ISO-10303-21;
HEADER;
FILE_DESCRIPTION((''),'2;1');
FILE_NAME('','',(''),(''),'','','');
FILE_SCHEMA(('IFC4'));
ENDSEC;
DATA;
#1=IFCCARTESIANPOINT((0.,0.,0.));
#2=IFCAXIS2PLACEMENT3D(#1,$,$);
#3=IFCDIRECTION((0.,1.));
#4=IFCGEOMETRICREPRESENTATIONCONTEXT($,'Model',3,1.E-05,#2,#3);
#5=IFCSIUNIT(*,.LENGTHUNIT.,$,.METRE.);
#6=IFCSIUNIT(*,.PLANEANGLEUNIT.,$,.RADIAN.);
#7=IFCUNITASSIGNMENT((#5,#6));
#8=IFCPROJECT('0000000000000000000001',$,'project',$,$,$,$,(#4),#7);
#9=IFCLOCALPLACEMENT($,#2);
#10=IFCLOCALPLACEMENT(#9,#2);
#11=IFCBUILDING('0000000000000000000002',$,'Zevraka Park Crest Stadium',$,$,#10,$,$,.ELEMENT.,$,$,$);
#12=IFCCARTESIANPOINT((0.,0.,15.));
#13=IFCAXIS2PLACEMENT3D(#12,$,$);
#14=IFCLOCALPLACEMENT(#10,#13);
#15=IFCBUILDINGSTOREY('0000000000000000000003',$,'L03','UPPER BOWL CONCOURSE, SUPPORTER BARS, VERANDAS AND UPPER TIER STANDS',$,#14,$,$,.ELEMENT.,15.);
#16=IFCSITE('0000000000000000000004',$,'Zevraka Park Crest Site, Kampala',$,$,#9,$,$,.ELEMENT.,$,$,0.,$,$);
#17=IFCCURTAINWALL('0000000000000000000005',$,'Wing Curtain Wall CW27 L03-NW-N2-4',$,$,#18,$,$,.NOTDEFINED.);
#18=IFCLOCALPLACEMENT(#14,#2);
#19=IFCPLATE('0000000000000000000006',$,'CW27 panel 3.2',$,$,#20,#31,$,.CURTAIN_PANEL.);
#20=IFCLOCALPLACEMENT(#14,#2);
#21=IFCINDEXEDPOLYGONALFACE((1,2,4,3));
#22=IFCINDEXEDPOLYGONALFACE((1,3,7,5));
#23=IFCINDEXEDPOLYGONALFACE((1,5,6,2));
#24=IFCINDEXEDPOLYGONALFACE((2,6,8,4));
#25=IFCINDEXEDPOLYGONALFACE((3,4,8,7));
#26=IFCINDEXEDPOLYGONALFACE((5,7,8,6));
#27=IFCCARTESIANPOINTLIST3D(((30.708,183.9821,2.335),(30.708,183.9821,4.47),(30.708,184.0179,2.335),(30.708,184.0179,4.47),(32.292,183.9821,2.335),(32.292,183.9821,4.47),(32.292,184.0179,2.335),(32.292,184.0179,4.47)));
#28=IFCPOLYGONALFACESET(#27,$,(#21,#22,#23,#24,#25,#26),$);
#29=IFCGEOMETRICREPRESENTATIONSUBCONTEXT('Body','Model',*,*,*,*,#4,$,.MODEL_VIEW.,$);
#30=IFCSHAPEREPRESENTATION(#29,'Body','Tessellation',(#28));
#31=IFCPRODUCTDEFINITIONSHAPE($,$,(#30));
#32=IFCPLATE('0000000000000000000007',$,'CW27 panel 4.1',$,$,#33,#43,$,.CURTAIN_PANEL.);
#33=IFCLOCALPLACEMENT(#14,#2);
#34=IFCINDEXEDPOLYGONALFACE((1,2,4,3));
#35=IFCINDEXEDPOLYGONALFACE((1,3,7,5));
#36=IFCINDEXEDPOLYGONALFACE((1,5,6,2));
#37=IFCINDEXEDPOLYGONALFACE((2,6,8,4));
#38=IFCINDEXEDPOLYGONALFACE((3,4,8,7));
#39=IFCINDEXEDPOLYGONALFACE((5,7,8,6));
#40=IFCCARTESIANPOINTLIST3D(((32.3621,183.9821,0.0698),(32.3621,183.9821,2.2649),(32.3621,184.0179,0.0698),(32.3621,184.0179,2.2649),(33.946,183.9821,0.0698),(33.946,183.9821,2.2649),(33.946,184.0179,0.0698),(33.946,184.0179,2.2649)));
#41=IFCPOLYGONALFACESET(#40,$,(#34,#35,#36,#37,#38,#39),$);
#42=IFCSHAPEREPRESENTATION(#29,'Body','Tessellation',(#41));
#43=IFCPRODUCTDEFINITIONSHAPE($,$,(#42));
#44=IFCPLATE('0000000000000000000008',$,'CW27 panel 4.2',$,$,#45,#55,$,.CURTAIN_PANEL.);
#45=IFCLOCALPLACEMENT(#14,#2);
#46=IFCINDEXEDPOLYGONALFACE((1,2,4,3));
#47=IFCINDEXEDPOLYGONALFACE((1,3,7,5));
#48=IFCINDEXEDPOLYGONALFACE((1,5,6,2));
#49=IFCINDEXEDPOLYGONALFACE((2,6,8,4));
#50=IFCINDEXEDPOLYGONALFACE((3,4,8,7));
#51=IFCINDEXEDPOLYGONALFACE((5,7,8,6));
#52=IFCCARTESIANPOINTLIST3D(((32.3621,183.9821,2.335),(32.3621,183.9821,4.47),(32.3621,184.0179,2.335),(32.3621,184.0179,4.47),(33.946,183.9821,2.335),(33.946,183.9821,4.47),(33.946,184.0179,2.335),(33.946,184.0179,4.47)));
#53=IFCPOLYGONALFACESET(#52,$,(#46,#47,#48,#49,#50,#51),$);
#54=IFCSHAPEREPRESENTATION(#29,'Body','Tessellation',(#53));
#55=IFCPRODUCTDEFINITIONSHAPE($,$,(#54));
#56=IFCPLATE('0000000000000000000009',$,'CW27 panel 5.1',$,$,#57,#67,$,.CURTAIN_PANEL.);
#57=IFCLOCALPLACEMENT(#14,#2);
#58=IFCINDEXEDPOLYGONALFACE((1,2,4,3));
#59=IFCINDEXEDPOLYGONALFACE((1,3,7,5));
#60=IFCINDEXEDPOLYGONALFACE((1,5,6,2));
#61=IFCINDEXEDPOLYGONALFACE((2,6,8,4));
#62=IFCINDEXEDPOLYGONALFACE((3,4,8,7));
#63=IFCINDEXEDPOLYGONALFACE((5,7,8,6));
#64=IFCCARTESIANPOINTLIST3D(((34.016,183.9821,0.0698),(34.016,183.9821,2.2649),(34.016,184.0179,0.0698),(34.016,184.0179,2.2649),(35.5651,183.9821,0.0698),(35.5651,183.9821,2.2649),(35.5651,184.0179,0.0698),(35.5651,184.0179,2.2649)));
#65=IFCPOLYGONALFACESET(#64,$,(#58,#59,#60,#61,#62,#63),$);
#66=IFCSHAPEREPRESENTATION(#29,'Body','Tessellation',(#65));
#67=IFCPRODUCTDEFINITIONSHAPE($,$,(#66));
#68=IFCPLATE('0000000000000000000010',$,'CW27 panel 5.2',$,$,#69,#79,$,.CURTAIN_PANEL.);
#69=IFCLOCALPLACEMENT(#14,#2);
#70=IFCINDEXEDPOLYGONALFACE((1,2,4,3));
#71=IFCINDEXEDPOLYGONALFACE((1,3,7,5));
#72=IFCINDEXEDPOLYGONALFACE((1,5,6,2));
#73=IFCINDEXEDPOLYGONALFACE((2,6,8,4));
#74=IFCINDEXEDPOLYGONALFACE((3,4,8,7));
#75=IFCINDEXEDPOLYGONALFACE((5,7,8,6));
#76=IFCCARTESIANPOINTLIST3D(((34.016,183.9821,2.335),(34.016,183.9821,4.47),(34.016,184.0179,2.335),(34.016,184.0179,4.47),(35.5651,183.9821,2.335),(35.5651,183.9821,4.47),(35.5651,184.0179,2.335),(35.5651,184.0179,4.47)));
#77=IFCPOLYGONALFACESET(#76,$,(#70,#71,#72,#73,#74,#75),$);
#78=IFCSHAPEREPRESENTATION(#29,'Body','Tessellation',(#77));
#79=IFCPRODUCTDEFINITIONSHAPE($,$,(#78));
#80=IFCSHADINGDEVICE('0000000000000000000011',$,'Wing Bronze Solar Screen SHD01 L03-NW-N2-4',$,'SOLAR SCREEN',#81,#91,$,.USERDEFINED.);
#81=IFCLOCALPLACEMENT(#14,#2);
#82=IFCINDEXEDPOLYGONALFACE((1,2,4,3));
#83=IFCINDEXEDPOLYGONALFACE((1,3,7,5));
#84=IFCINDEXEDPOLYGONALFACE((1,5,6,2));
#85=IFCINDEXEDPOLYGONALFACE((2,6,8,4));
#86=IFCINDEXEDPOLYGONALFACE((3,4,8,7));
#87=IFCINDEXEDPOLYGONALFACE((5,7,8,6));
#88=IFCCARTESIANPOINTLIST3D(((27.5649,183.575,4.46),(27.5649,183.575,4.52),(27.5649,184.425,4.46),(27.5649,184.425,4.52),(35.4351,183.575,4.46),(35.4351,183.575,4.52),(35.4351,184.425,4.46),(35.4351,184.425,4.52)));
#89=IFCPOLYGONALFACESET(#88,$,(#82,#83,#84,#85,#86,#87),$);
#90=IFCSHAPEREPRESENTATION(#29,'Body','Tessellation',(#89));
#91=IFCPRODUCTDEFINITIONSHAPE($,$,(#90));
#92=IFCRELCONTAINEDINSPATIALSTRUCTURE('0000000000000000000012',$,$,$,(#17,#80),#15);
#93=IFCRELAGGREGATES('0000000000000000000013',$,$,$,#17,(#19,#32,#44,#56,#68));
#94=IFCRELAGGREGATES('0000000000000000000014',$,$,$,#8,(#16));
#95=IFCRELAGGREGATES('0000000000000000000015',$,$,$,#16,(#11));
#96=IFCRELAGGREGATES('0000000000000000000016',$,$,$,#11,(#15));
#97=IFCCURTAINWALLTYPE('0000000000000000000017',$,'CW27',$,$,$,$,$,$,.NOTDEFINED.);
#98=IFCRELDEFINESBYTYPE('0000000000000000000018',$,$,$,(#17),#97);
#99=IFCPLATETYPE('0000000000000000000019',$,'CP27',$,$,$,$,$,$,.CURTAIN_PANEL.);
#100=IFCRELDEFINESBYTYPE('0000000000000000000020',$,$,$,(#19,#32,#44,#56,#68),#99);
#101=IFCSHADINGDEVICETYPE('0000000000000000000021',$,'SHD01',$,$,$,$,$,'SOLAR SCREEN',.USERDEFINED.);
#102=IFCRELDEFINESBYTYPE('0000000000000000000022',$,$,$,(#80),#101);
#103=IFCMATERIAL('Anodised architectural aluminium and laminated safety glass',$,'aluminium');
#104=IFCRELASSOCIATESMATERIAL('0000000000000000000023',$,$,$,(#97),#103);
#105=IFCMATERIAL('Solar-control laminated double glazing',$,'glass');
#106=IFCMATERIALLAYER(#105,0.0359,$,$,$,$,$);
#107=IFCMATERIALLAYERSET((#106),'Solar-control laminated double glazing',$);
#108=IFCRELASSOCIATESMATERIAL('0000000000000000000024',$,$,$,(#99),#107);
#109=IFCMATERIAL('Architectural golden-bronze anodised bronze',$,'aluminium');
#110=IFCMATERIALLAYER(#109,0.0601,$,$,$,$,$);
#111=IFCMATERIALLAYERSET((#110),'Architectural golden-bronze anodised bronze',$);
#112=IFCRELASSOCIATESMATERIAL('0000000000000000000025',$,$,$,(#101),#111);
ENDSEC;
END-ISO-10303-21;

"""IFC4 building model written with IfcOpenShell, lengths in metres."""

from ifc_helpers import new_model, si_unit, direction, frame, origin, origin_2d, place, context, subcontext, project, spatial, rectangle, extrude, material, layer, layer_set, type_object, element, aggregate, save


model = new_model("IFC4")

# Units and contexts
model_context = context("Model", 3, precision=1e-05, world=origin(), true_north=direction((0.0, 1.0)))
body_context = subcontext(model_context, "Body", "Model", "MODEL_VIEW")
ifc_project = project(units=[si_unit("LENGTHUNIT", "METRE"), si_unit("PLANEANGLEUNIT", "RADIAN")], contexts=[model_context])

# Site, building, storey
site_placement = place(None, origin())
site = spatial("IfcSite", under=ifc_project, at=site_placement, Name="Zevraka Park Crest Site, Kampala", CompositionType="ELEMENT", RefElevation=0.0)
building_placement = place(site_placement, origin())
building = spatial("IfcBuilding", under=site, at=building_placement, Name="Zevraka Park Crest Stadium", CompositionType="ELEMENT")
storey_placement = place(building_placement, frame((0.0, 0.0, 15.0)))
storey = spatial("IfcBuildingStorey", under=building, at=storey_placement, Name="L03", Description="UPPER BOWL CONCOURSE, SUPPORTER BARS, VERANDAS AND UPPER TIER STANDS", CompositionType="ELEMENT", Elevation=15.0)

# Curtain wall, plates
ifc_material_1 = material(Name="Anodised architectural aluminium and laminated safety glass", Category="aluminium")
curtain_wall_type = type_object("IfcCurtainWallType", Name="CW27", PredefinedType="NOTDEFINED", material=ifc_material_1)
curtain_wall_placement = place(storey_placement, origin())
curtain_wall = element("IfcCurtainWall", 1, at=curtain_wall_placement, inside=storey, type_object=curtain_wall_type, Name="Wing Curtain Wall CW27 L03-NW-N2-4", PredefinedType="NOTDEFINED")
ifc_material_2 = material(Name="Solar-control laminated double glazing", Category="glass")
ifc_layer_1 = layer(ifc_material_2, 0.0359)
ifc_layer_set_1 = layer_set([ifc_layer_1], Name="Solar-control laminated double glazing")
plate_type = type_object("IfcPlateType", Name="CP27", PredefinedType="CURTAIN_PANEL", material=ifc_layer_set_1)
plate_1_placement = place(storey_placement, frame((31.5, 184.0, 2.335), z_axis=(0.0, 0.0, 1.0), x_axis=(1.0, 0.0, 0.0)))
plate_1 = element("IfcPlate", 2, at=plate_1_placement, type_object=plate_type, Name="CW27 panel 3.2", PredefinedType="CURTAIN_PANEL", context=body_context, shape_type="SweptSolid", body=[
    extrude(rectangle(XDim=1.584, YDim=0.0359, at=origin_2d()), origin(), (0.0, 0.0, 1.0), 2.135),
])
plate_2_placement = place(storey_placement, frame((33.1541, 184.0, 0.0698), z_axis=(0.0, 0.0, 1.0), x_axis=(1.0, 0.0, 0.0)))
plate_2 = element("IfcPlate", 3, at=plate_2_placement, type_object=plate_type, Name="CW27 panel 4.1", PredefinedType="CURTAIN_PANEL", context=body_context, shape_type="SweptSolid", body=[
    extrude(rectangle(XDim=1.584, YDim=0.0359, at=origin_2d()), origin(), (0.0, 0.0, 1.0), 2.1951),
])
plate_3_placement = place(storey_placement, frame((33.1541, 184.0, 2.335), z_axis=(0.0, 0.0, 1.0), x_axis=(1.0, 0.0, 0.0)))
plate_3 = element("IfcPlate", 4, at=plate_3_placement, type_object=plate_type, Name="CW27 panel 4.2", PredefinedType="CURTAIN_PANEL", context=body_context, shape_type="SweptSolid", body=[
    extrude(rectangle(XDim=1.584, YDim=0.0359, at=origin_2d()), origin(), (0.0, 0.0, 1.0), 2.135),
])
plate_4_placement = place(storey_placement, frame((34.7905, 184.0, 0.0698), z_axis=(0.0, 0.0, 1.0), x_axis=(1.0, 0.0, 0.0)))
plate_4 = element("IfcPlate", 5, at=plate_4_placement, type_object=plate_type, Name="CW27 panel 5.1", PredefinedType="CURTAIN_PANEL", context=body_context, shape_type="SweptSolid", body=[
    extrude(rectangle(XDim=1.5491, YDim=0.0359, at=origin_2d()), origin(), (0.0, 0.0, 1.0), 2.1951),
])
plate_5_placement = place(storey_placement, frame((34.7905, 184.0, 2.335), z_axis=(0.0, 0.0, 1.0), x_axis=(1.0, 0.0, 0.0)))
plate_5 = element("IfcPlate", 6, at=plate_5_placement, type_object=plate_type, Name="CW27 panel 5.2", PredefinedType="CURTAIN_PANEL", context=body_context, shape_type="SweptSolid", body=[
    extrude(rectangle(XDim=1.5491, YDim=0.0359, at=origin_2d()), origin(), (0.0, 0.0, 1.0), 2.135),
])
aggregate(curtain_wall, [plate_1, plate_2, plate_3, plate_4, plate_5])

# Shading device
ifc_material_3 = material(Name="Architectural golden-bronze anodised bronze", Category="aluminium")
ifc_layer_2 = layer(ifc_material_3, 0.0601)
ifc_layer_set_2 = layer_set([ifc_layer_2], Name="Architectural golden-bronze anodised bronze")
shading_device_type = type_object("IfcShadingDeviceType", Name="SHD01", ElementType="SOLAR SCREEN", PredefinedType="USERDEFINED", material=ifc_layer_set_2)
shading_device_placement = place(storey_placement, frame((31.5, 184.0, 4.46), z_axis=(0.0, 0.0, 1.0), x_axis=(1.0, 0.0, 0.0)))
element("IfcShadingDevice", 7, at=shading_device_placement, inside=storey, type_object=shading_device_type, Name="Wing Bronze Solar Screen SHD01 L03-NW-N2-4", ObjectType="SOLAR SCREEN", PredefinedType="USERDEFINED", context=body_context, shape_type="SweptSolid", body=[
    extrude(rectangle(XDim=7.8701, YDim=0.8501, at=origin_2d()), origin(), (0.0, 0.0, 1.0), 0.0601),
])

save(model, "model.ifc")
